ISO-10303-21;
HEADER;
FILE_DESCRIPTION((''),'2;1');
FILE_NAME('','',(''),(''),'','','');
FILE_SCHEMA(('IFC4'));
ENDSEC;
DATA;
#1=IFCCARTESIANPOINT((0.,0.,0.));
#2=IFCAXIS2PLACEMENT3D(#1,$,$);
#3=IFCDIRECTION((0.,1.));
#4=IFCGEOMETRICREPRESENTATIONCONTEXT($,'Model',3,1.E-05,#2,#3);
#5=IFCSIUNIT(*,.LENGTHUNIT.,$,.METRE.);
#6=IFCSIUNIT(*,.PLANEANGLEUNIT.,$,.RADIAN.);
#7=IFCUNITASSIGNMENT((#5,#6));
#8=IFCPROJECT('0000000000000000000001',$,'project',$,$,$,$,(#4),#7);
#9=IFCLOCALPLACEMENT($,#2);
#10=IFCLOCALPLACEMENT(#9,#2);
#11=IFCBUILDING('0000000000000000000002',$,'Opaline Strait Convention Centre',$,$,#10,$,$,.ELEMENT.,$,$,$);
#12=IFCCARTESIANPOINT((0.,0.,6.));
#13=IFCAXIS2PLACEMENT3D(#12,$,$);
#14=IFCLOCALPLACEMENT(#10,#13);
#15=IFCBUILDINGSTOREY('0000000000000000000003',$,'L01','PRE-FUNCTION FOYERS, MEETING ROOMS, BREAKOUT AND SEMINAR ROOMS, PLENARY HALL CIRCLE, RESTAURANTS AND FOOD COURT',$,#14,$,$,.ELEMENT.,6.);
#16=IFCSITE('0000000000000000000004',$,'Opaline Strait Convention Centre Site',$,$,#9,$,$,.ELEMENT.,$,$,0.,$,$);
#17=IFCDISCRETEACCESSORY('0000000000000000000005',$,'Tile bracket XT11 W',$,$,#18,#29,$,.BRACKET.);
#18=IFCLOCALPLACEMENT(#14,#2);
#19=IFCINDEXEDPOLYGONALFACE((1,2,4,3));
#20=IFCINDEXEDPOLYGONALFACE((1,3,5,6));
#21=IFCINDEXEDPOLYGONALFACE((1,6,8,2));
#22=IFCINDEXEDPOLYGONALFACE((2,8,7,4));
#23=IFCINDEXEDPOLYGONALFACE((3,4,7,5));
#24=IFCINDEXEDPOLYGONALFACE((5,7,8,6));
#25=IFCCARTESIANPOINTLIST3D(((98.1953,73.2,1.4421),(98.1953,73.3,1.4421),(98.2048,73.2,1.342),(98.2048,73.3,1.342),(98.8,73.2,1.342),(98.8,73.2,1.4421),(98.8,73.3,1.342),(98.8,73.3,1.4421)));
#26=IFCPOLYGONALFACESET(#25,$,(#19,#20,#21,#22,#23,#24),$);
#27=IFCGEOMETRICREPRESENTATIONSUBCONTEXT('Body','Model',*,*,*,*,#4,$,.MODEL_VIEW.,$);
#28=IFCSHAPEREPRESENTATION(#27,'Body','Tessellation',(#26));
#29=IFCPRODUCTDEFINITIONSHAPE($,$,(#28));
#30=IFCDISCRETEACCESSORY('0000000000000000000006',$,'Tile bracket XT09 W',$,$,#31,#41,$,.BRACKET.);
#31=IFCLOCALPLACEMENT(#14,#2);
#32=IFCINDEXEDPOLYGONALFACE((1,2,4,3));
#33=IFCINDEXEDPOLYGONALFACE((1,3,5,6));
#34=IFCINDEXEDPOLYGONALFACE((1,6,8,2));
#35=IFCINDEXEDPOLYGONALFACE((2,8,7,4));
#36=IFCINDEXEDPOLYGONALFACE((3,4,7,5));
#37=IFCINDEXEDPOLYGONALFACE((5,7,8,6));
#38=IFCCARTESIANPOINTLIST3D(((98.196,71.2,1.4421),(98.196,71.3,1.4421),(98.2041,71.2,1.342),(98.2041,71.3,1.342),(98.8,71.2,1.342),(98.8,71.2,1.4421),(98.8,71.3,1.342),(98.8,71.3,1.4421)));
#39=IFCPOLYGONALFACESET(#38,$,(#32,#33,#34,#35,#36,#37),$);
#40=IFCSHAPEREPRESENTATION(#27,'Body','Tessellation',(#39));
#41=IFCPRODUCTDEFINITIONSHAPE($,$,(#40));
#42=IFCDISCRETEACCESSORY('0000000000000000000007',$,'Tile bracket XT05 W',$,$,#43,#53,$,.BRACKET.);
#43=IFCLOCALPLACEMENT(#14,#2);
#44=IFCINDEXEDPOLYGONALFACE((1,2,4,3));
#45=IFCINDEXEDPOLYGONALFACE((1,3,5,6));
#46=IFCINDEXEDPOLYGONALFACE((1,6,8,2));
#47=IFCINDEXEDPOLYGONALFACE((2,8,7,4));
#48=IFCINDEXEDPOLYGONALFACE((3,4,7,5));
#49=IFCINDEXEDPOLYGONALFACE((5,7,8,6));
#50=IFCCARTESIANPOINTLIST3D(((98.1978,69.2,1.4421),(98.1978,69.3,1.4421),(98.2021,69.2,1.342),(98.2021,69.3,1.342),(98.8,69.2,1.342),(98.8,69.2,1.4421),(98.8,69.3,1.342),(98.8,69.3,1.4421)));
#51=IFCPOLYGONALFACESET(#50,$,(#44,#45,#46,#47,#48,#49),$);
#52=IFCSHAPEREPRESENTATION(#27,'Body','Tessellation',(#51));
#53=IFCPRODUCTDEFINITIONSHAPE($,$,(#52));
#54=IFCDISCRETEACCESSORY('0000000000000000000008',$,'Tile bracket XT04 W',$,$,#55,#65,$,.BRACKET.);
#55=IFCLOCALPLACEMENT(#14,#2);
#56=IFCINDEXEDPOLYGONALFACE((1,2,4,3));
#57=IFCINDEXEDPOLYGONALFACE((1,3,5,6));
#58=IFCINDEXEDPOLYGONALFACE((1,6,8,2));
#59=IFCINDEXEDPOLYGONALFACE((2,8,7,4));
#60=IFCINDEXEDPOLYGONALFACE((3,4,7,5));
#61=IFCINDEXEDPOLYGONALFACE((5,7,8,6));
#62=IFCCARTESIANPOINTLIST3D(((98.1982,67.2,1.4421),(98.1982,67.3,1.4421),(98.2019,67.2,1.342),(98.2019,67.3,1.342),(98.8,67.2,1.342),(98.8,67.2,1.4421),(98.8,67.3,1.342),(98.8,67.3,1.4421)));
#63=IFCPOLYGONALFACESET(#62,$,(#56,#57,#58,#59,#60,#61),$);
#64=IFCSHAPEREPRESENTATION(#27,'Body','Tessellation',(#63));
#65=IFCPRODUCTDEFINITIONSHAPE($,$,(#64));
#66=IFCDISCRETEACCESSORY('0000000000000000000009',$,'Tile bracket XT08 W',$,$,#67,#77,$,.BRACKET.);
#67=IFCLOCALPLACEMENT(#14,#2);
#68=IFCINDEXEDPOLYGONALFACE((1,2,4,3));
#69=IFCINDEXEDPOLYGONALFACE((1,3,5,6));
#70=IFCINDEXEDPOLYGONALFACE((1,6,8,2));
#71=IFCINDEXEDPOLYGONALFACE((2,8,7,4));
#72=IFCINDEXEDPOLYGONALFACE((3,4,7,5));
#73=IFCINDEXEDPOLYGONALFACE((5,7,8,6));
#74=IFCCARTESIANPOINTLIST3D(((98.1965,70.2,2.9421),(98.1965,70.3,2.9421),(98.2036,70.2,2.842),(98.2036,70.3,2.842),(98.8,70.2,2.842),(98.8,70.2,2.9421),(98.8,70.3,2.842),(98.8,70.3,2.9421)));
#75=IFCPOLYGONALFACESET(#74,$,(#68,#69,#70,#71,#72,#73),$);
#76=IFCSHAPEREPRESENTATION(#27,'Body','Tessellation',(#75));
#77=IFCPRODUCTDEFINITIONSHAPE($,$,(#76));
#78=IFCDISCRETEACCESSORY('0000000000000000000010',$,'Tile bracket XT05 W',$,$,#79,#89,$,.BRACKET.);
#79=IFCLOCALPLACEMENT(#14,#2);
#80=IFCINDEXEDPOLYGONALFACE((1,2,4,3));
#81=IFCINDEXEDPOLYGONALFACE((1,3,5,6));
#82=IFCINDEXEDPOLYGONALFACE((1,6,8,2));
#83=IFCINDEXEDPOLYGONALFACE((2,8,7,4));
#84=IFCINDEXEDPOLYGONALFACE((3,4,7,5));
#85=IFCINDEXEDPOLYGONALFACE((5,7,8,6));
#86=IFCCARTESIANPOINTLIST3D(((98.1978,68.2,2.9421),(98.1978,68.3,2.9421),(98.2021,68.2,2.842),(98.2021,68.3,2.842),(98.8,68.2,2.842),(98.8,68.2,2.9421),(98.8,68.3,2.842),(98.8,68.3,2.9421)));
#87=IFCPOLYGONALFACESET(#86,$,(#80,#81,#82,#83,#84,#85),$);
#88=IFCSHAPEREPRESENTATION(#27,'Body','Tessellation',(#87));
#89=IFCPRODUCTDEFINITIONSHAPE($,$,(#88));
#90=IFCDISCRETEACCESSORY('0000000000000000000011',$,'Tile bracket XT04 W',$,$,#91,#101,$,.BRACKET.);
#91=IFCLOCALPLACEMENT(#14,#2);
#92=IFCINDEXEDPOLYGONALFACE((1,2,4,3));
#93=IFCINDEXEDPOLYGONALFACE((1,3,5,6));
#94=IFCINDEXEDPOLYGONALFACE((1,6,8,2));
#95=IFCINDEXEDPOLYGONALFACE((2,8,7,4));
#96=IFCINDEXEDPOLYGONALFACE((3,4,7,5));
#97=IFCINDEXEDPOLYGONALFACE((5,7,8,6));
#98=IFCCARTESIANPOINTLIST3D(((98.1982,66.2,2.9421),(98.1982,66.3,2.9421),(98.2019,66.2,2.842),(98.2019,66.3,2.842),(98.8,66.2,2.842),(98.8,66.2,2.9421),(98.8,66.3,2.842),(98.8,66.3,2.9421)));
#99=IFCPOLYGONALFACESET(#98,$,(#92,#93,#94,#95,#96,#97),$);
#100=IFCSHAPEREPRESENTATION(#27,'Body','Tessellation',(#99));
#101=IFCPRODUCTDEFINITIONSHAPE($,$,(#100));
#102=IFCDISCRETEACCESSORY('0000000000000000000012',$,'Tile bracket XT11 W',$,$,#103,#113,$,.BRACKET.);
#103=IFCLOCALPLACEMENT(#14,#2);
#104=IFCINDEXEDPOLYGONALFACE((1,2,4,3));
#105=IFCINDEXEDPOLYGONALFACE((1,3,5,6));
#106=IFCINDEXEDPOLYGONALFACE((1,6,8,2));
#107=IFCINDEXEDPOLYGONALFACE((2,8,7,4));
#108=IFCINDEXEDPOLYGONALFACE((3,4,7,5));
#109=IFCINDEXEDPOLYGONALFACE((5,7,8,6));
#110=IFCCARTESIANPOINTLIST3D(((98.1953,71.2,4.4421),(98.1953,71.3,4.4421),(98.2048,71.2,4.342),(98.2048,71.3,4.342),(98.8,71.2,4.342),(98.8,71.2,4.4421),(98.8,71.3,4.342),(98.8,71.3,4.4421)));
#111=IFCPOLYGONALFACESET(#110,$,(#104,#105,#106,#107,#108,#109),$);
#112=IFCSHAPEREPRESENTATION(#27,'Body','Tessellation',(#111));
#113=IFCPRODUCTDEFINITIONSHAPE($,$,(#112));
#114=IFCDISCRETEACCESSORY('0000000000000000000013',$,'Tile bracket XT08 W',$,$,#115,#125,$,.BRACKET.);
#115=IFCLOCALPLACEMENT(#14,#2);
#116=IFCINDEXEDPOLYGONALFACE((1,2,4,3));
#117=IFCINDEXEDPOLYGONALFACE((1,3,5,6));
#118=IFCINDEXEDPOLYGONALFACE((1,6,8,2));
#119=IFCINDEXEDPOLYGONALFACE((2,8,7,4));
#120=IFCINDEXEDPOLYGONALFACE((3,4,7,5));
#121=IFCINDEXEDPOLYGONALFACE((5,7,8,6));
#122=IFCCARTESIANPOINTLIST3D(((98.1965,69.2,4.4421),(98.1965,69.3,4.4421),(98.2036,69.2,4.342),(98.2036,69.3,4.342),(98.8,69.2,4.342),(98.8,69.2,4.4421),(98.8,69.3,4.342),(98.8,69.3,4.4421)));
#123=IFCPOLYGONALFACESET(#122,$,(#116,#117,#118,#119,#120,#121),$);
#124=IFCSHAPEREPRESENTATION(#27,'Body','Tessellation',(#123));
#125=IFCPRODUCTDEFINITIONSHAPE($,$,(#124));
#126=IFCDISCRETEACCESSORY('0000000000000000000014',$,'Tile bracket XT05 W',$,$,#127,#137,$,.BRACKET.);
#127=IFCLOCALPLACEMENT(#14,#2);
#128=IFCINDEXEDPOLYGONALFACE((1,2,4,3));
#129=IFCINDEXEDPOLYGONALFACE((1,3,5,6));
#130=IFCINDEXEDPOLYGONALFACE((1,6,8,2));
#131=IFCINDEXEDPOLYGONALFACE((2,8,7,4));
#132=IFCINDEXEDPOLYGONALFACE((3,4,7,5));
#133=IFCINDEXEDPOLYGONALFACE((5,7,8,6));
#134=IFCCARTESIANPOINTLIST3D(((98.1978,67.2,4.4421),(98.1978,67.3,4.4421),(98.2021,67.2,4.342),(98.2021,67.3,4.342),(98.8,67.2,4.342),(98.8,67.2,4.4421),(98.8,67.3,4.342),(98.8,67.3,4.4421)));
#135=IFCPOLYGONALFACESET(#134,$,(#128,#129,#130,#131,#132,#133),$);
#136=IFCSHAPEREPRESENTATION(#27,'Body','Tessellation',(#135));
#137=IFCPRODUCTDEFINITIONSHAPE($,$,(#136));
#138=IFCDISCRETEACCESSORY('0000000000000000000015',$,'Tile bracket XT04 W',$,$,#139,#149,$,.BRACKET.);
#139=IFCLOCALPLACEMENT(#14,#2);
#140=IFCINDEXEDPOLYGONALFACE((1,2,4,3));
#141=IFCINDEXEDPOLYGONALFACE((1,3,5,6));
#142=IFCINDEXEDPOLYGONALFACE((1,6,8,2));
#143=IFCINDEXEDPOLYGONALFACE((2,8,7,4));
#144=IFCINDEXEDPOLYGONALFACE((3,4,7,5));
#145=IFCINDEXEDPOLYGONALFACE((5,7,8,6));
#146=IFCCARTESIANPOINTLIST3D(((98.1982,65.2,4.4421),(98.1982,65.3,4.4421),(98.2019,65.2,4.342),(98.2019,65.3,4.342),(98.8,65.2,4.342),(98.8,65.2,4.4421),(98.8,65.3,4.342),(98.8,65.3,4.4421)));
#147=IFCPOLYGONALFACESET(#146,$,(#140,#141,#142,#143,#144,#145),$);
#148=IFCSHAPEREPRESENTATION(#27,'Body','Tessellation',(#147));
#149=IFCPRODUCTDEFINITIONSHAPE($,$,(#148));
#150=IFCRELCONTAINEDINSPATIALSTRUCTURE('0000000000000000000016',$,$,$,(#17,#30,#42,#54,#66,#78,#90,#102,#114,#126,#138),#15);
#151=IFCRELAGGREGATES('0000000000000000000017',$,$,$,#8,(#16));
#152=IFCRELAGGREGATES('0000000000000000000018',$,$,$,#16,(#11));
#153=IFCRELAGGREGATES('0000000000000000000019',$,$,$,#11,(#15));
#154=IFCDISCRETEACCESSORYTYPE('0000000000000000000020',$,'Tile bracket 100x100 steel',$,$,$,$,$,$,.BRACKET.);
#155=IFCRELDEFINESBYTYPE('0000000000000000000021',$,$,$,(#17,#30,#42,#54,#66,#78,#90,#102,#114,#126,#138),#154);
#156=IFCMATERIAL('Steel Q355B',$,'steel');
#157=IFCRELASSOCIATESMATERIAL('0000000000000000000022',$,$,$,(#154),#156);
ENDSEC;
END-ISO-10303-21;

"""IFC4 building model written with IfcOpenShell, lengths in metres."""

from ifc_helpers import new_model, si_unit, direction, frame, origin, place, context, subcontext, project, spatial, polyline, outline, extrude, material, type_object, element, save


model = new_model("IFC4")

# Units and contexts
model_context = context("Model", 3, precision=1e-05, world=origin(), true_north=direction((0.0, 1.0)))
body_context = subcontext(model_context, "Body", "Model", "MODEL_VIEW")
ifc_project = project(units=[si_unit("LENGTHUNIT", "METRE"), si_unit("PLANEANGLEUNIT", "RADIAN")], contexts=[model_context])

# Site, building, storey
site_placement = place(None, origin())
site = spatial("IfcSite", under=ifc_project, at=site_placement, Name="Opaline Strait Convention Centre Site", CompositionType="ELEMENT", RefElevation=0.0)
building_placement = place(site_placement, origin())
building = spatial("IfcBuilding", under=site, at=building_placement, Name="Opaline Strait Convention Centre", CompositionType="ELEMENT")
storey_placement = place(building_placement, frame((0.0, 0.0, 6.0)))
storey = spatial("IfcBuildingStorey", under=building, at=storey_placement, Name="L01", Description="PRE-FUNCTION FOYERS, MEETING ROOMS, BREAKOUT AND SEMINAR ROOMS, PLENARY HALL CIRCLE, RESTAURANTS AND FOOD COURT", CompositionType="ELEMENT", Elevation=6.0)

# Discrete accessories
ifc_material_1 = material(Name="Steel Q355B", Category="steel")
discrete_accessory_type = type_object("IfcDiscreteAccessoryType", Name="Tile bracket 100x100 steel", PredefinedType="BRACKET", material=ifc_material_1)
discrete_accessory_1_placement = place(storey_placement, frame((98.8, 73.3, 1.3921), z_axis=(0.0, -1.0, 0.0), x_axis=(1.0, 0.0, 0.0)))
element("IfcDiscreteAccessory", 1, at=discrete_accessory_1_placement, inside=storey, type_object=discrete_accessory_type, Name="Tile bracket XT11 W", PredefinedType="BRACKET", context=body_context, shape_type="SweptSolid", body=[
    extrude(outline(polyline([(0.0, -0.05), (0.0, 0.05), (-0.6047, 0.05), (-0.5952, -0.05), (0.0, -0.05)])), origin(), (0.0, 0.0, 1.0), 0.1001),
])
discrete_accessory_2_placement = place(storey_placement, frame((98.8, 71.3, 1.3921), z_axis=(0.0, -1.0, 0.0), x_axis=(1.0, 0.0, 0.0)))
element("IfcDiscreteAccessory", 2, at=discrete_accessory_2_placement, inside=storey, type_object=discrete_accessory_type, Name="Tile bracket XT09 W", PredefinedType="BRACKET", context=body_context, shape_type="SweptSolid", body=[
    extrude(outline(polyline([(0.0, -0.05), (0.0, 0.05), (-0.604, 0.05), (-0.5959, -0.05), (0.0, -0.05)])), origin(), (0.0, 0.0, 1.0), 0.1001),
])
discrete_accessory_3_placement = place(storey_placement, frame((98.8, 69.3, 1.3921), z_axis=(0.0, -1.0, 0.0), x_axis=(1.0, 0.0, 0.0)))
element("IfcDiscreteAccessory", 3, at=discrete_accessory_3_placement, inside=storey, type_object=discrete_accessory_type, Name="Tile bracket XT05 W", PredefinedType="BRACKET", context=body_context, shape_type="SweptSolid", body=[
    extrude(outline(polyline([(0.0, -0.05), (0.0, 0.05), (-0.6023, 0.05), (-0.5979, -0.05), (0.0, -0.05)])), origin(), (0.0, 0.0, 1.0), 0.1001),
])
discrete_accessory_4_placement = place(storey_placement, frame((98.8, 67.3, 1.3921), z_axis=(0.0, -1.0, 0.0), x_axis=(1.0, 0.0, 0.0)))
element("IfcDiscreteAccessory", 4, at=discrete_accessory_4_placement, inside=storey, type_object=discrete_accessory_type, Name="Tile bracket XT04 W", PredefinedType="BRACKET", context=body_context, shape_type="SweptSolid", body=[
    extrude(outline(polyline([(0.0, -0.05), (0.0, 0.05), (-0.6018, 0.05), (-0.5981, -0.05), (0.0, -0.05)])), origin(), (0.0, 0.0, 1.0), 0.1001),
])
discrete_accessory_5_placement = place(storey_placement, frame((98.8, 70.3, 2.8921), z_axis=(0.0, -1.0, 0.0), x_axis=(1.0, 0.0, 0.0)))
element("IfcDiscreteAccessory", 5, at=discrete_accessory_5_placement, inside=storey, type_object=discrete_accessory_type, Name="Tile bracket XT08 W", PredefinedType="BRACKET", context=body_context, shape_type="SweptSolid", body=[
    extrude(outline(polyline([(0.0, -0.05), (0.0, 0.05), (-0.6035, 0.05), (-0.5964, -0.05), (0.0, -0.05)])), origin(), (0.0, 0.0, 1.0), 0.1001),
])
discrete_accessory_6_placement = place(storey_placement, frame((98.8, 68.3, 2.8921), z_axis=(0.0, -1.0, 0.0), x_axis=(1.0, 0.0, 0.0)))
element("IfcDiscreteAccessory", 6, at=discrete_accessory_6_placement, inside=storey, type_object=discrete_accessory_type, Name="Tile bracket XT05 W", PredefinedType="BRACKET", context=body_context, shape_type="SweptSolid", body=[
    extrude(outline(polyline([(0.0, -0.05), (0.0, 0.05), (-0.6023, 0.05), (-0.5979, -0.05), (0.0, -0.05)])), origin(), (0.0, 0.0, 1.0), 0.1001),
])
discrete_accessory_7_placement = place(storey_placement, frame((98.8, 66.3, 2.8921), z_axis=(0.0, -1.0, 0.0), x_axis=(1.0, 0.0, 0.0)))
element("IfcDiscreteAccessory", 7, at=discrete_accessory_7_placement, inside=storey, type_object=discrete_accessory_type, Name="Tile bracket XT04 W", PredefinedType="BRACKET", context=body_context, shape_type="SweptSolid", body=[
    extrude(outline(polyline([(0.0, -0.05), (0.0, 0.05), (-0.6018, 0.05), (-0.5981, -0.05), (0.0, -0.05)])), origin(), (0.0, 0.0, 1.0), 0.1001),
])
discrete_accessory_8_placement = place(storey_placement, frame((98.8, 71.3, 4.3921), z_axis=(0.0, -1.0, 0.0), x_axis=(1.0, 0.0, 0.0)))
element("IfcDiscreteAccessory", 8, at=discrete_accessory_8_placement, inside=storey, type_object=discrete_accessory_type, Name="Tile bracket XT11 W", PredefinedType="BRACKET", context=body_context, shape_type="SweptSolid", body=[
    extrude(outline(polyline([(0.0, -0.05), (0.0, 0.05), (-0.6047, 0.05), (-0.5952, -0.05), (0.0, -0.05)])), origin(), (0.0, 0.0, 1.0), 0.1001),
])
discrete_accessory_9_placement = place(storey_placement, frame((98.8, 69.3, 4.3921), z_axis=(0.0, -1.0, 0.0), x_axis=(1.0, 0.0, 0.0)))
element("IfcDiscreteAccessory", 9, at=discrete_accessory_9_placement, inside=storey, type_object=discrete_accessory_type, Name="Tile bracket XT08 W", PredefinedType="BRACKET", context=body_context, shape_type="SweptSolid", body=[
    extrude(outline(polyline([(0.0, -0.05), (0.0, 0.05), (-0.6035, 0.05), (-0.5964, -0.05), (0.0, -0.05)])), origin(), (0.0, 0.0, 1.0), 0.1001),
])
discrete_accessory_10_placement = place(storey_placement, frame((98.8, 67.3, 4.3921), z_axis=(0.0, -1.0, 0.0), x_axis=(1.0, 0.0, 0.0)))
element("IfcDiscreteAccessory", 10, at=discrete_accessory_10_placement, inside=storey, type_object=discrete_accessory_type, Name="Tile bracket XT05 W", PredefinedType="BRACKET", context=body_context, shape_type="SweptSolid", body=[
    extrude(outline(polyline([(0.0, -0.05), (0.0, 0.05), (-0.6023, 0.05), (-0.5979, -0.05), (0.0, -0.05)])), origin(), (0.0, 0.0, 1.0), 0.1001),
])
discrete_accessory_11_placement = place(storey_placement, frame((98.8, 65.3, 4.3921), z_axis=(0.0, -1.0, 0.0), x_axis=(1.0, 0.0, 0.0)))
element("IfcDiscreteAccessory", 11, at=discrete_accessory_11_placement, inside=storey, type_object=discrete_accessory_type, Name="Tile bracket XT04 W", PredefinedType="BRACKET", context=body_context, shape_type="SweptSolid", body=[
    extrude(outline(polyline([(0.0, -0.05), (0.0, 0.05), (-0.6018, 0.05), (-0.5981, -0.05), (0.0, -0.05)])), origin(), (0.0, 0.0, 1.0), 0.1001),
])

save(model, "model.ifc")
